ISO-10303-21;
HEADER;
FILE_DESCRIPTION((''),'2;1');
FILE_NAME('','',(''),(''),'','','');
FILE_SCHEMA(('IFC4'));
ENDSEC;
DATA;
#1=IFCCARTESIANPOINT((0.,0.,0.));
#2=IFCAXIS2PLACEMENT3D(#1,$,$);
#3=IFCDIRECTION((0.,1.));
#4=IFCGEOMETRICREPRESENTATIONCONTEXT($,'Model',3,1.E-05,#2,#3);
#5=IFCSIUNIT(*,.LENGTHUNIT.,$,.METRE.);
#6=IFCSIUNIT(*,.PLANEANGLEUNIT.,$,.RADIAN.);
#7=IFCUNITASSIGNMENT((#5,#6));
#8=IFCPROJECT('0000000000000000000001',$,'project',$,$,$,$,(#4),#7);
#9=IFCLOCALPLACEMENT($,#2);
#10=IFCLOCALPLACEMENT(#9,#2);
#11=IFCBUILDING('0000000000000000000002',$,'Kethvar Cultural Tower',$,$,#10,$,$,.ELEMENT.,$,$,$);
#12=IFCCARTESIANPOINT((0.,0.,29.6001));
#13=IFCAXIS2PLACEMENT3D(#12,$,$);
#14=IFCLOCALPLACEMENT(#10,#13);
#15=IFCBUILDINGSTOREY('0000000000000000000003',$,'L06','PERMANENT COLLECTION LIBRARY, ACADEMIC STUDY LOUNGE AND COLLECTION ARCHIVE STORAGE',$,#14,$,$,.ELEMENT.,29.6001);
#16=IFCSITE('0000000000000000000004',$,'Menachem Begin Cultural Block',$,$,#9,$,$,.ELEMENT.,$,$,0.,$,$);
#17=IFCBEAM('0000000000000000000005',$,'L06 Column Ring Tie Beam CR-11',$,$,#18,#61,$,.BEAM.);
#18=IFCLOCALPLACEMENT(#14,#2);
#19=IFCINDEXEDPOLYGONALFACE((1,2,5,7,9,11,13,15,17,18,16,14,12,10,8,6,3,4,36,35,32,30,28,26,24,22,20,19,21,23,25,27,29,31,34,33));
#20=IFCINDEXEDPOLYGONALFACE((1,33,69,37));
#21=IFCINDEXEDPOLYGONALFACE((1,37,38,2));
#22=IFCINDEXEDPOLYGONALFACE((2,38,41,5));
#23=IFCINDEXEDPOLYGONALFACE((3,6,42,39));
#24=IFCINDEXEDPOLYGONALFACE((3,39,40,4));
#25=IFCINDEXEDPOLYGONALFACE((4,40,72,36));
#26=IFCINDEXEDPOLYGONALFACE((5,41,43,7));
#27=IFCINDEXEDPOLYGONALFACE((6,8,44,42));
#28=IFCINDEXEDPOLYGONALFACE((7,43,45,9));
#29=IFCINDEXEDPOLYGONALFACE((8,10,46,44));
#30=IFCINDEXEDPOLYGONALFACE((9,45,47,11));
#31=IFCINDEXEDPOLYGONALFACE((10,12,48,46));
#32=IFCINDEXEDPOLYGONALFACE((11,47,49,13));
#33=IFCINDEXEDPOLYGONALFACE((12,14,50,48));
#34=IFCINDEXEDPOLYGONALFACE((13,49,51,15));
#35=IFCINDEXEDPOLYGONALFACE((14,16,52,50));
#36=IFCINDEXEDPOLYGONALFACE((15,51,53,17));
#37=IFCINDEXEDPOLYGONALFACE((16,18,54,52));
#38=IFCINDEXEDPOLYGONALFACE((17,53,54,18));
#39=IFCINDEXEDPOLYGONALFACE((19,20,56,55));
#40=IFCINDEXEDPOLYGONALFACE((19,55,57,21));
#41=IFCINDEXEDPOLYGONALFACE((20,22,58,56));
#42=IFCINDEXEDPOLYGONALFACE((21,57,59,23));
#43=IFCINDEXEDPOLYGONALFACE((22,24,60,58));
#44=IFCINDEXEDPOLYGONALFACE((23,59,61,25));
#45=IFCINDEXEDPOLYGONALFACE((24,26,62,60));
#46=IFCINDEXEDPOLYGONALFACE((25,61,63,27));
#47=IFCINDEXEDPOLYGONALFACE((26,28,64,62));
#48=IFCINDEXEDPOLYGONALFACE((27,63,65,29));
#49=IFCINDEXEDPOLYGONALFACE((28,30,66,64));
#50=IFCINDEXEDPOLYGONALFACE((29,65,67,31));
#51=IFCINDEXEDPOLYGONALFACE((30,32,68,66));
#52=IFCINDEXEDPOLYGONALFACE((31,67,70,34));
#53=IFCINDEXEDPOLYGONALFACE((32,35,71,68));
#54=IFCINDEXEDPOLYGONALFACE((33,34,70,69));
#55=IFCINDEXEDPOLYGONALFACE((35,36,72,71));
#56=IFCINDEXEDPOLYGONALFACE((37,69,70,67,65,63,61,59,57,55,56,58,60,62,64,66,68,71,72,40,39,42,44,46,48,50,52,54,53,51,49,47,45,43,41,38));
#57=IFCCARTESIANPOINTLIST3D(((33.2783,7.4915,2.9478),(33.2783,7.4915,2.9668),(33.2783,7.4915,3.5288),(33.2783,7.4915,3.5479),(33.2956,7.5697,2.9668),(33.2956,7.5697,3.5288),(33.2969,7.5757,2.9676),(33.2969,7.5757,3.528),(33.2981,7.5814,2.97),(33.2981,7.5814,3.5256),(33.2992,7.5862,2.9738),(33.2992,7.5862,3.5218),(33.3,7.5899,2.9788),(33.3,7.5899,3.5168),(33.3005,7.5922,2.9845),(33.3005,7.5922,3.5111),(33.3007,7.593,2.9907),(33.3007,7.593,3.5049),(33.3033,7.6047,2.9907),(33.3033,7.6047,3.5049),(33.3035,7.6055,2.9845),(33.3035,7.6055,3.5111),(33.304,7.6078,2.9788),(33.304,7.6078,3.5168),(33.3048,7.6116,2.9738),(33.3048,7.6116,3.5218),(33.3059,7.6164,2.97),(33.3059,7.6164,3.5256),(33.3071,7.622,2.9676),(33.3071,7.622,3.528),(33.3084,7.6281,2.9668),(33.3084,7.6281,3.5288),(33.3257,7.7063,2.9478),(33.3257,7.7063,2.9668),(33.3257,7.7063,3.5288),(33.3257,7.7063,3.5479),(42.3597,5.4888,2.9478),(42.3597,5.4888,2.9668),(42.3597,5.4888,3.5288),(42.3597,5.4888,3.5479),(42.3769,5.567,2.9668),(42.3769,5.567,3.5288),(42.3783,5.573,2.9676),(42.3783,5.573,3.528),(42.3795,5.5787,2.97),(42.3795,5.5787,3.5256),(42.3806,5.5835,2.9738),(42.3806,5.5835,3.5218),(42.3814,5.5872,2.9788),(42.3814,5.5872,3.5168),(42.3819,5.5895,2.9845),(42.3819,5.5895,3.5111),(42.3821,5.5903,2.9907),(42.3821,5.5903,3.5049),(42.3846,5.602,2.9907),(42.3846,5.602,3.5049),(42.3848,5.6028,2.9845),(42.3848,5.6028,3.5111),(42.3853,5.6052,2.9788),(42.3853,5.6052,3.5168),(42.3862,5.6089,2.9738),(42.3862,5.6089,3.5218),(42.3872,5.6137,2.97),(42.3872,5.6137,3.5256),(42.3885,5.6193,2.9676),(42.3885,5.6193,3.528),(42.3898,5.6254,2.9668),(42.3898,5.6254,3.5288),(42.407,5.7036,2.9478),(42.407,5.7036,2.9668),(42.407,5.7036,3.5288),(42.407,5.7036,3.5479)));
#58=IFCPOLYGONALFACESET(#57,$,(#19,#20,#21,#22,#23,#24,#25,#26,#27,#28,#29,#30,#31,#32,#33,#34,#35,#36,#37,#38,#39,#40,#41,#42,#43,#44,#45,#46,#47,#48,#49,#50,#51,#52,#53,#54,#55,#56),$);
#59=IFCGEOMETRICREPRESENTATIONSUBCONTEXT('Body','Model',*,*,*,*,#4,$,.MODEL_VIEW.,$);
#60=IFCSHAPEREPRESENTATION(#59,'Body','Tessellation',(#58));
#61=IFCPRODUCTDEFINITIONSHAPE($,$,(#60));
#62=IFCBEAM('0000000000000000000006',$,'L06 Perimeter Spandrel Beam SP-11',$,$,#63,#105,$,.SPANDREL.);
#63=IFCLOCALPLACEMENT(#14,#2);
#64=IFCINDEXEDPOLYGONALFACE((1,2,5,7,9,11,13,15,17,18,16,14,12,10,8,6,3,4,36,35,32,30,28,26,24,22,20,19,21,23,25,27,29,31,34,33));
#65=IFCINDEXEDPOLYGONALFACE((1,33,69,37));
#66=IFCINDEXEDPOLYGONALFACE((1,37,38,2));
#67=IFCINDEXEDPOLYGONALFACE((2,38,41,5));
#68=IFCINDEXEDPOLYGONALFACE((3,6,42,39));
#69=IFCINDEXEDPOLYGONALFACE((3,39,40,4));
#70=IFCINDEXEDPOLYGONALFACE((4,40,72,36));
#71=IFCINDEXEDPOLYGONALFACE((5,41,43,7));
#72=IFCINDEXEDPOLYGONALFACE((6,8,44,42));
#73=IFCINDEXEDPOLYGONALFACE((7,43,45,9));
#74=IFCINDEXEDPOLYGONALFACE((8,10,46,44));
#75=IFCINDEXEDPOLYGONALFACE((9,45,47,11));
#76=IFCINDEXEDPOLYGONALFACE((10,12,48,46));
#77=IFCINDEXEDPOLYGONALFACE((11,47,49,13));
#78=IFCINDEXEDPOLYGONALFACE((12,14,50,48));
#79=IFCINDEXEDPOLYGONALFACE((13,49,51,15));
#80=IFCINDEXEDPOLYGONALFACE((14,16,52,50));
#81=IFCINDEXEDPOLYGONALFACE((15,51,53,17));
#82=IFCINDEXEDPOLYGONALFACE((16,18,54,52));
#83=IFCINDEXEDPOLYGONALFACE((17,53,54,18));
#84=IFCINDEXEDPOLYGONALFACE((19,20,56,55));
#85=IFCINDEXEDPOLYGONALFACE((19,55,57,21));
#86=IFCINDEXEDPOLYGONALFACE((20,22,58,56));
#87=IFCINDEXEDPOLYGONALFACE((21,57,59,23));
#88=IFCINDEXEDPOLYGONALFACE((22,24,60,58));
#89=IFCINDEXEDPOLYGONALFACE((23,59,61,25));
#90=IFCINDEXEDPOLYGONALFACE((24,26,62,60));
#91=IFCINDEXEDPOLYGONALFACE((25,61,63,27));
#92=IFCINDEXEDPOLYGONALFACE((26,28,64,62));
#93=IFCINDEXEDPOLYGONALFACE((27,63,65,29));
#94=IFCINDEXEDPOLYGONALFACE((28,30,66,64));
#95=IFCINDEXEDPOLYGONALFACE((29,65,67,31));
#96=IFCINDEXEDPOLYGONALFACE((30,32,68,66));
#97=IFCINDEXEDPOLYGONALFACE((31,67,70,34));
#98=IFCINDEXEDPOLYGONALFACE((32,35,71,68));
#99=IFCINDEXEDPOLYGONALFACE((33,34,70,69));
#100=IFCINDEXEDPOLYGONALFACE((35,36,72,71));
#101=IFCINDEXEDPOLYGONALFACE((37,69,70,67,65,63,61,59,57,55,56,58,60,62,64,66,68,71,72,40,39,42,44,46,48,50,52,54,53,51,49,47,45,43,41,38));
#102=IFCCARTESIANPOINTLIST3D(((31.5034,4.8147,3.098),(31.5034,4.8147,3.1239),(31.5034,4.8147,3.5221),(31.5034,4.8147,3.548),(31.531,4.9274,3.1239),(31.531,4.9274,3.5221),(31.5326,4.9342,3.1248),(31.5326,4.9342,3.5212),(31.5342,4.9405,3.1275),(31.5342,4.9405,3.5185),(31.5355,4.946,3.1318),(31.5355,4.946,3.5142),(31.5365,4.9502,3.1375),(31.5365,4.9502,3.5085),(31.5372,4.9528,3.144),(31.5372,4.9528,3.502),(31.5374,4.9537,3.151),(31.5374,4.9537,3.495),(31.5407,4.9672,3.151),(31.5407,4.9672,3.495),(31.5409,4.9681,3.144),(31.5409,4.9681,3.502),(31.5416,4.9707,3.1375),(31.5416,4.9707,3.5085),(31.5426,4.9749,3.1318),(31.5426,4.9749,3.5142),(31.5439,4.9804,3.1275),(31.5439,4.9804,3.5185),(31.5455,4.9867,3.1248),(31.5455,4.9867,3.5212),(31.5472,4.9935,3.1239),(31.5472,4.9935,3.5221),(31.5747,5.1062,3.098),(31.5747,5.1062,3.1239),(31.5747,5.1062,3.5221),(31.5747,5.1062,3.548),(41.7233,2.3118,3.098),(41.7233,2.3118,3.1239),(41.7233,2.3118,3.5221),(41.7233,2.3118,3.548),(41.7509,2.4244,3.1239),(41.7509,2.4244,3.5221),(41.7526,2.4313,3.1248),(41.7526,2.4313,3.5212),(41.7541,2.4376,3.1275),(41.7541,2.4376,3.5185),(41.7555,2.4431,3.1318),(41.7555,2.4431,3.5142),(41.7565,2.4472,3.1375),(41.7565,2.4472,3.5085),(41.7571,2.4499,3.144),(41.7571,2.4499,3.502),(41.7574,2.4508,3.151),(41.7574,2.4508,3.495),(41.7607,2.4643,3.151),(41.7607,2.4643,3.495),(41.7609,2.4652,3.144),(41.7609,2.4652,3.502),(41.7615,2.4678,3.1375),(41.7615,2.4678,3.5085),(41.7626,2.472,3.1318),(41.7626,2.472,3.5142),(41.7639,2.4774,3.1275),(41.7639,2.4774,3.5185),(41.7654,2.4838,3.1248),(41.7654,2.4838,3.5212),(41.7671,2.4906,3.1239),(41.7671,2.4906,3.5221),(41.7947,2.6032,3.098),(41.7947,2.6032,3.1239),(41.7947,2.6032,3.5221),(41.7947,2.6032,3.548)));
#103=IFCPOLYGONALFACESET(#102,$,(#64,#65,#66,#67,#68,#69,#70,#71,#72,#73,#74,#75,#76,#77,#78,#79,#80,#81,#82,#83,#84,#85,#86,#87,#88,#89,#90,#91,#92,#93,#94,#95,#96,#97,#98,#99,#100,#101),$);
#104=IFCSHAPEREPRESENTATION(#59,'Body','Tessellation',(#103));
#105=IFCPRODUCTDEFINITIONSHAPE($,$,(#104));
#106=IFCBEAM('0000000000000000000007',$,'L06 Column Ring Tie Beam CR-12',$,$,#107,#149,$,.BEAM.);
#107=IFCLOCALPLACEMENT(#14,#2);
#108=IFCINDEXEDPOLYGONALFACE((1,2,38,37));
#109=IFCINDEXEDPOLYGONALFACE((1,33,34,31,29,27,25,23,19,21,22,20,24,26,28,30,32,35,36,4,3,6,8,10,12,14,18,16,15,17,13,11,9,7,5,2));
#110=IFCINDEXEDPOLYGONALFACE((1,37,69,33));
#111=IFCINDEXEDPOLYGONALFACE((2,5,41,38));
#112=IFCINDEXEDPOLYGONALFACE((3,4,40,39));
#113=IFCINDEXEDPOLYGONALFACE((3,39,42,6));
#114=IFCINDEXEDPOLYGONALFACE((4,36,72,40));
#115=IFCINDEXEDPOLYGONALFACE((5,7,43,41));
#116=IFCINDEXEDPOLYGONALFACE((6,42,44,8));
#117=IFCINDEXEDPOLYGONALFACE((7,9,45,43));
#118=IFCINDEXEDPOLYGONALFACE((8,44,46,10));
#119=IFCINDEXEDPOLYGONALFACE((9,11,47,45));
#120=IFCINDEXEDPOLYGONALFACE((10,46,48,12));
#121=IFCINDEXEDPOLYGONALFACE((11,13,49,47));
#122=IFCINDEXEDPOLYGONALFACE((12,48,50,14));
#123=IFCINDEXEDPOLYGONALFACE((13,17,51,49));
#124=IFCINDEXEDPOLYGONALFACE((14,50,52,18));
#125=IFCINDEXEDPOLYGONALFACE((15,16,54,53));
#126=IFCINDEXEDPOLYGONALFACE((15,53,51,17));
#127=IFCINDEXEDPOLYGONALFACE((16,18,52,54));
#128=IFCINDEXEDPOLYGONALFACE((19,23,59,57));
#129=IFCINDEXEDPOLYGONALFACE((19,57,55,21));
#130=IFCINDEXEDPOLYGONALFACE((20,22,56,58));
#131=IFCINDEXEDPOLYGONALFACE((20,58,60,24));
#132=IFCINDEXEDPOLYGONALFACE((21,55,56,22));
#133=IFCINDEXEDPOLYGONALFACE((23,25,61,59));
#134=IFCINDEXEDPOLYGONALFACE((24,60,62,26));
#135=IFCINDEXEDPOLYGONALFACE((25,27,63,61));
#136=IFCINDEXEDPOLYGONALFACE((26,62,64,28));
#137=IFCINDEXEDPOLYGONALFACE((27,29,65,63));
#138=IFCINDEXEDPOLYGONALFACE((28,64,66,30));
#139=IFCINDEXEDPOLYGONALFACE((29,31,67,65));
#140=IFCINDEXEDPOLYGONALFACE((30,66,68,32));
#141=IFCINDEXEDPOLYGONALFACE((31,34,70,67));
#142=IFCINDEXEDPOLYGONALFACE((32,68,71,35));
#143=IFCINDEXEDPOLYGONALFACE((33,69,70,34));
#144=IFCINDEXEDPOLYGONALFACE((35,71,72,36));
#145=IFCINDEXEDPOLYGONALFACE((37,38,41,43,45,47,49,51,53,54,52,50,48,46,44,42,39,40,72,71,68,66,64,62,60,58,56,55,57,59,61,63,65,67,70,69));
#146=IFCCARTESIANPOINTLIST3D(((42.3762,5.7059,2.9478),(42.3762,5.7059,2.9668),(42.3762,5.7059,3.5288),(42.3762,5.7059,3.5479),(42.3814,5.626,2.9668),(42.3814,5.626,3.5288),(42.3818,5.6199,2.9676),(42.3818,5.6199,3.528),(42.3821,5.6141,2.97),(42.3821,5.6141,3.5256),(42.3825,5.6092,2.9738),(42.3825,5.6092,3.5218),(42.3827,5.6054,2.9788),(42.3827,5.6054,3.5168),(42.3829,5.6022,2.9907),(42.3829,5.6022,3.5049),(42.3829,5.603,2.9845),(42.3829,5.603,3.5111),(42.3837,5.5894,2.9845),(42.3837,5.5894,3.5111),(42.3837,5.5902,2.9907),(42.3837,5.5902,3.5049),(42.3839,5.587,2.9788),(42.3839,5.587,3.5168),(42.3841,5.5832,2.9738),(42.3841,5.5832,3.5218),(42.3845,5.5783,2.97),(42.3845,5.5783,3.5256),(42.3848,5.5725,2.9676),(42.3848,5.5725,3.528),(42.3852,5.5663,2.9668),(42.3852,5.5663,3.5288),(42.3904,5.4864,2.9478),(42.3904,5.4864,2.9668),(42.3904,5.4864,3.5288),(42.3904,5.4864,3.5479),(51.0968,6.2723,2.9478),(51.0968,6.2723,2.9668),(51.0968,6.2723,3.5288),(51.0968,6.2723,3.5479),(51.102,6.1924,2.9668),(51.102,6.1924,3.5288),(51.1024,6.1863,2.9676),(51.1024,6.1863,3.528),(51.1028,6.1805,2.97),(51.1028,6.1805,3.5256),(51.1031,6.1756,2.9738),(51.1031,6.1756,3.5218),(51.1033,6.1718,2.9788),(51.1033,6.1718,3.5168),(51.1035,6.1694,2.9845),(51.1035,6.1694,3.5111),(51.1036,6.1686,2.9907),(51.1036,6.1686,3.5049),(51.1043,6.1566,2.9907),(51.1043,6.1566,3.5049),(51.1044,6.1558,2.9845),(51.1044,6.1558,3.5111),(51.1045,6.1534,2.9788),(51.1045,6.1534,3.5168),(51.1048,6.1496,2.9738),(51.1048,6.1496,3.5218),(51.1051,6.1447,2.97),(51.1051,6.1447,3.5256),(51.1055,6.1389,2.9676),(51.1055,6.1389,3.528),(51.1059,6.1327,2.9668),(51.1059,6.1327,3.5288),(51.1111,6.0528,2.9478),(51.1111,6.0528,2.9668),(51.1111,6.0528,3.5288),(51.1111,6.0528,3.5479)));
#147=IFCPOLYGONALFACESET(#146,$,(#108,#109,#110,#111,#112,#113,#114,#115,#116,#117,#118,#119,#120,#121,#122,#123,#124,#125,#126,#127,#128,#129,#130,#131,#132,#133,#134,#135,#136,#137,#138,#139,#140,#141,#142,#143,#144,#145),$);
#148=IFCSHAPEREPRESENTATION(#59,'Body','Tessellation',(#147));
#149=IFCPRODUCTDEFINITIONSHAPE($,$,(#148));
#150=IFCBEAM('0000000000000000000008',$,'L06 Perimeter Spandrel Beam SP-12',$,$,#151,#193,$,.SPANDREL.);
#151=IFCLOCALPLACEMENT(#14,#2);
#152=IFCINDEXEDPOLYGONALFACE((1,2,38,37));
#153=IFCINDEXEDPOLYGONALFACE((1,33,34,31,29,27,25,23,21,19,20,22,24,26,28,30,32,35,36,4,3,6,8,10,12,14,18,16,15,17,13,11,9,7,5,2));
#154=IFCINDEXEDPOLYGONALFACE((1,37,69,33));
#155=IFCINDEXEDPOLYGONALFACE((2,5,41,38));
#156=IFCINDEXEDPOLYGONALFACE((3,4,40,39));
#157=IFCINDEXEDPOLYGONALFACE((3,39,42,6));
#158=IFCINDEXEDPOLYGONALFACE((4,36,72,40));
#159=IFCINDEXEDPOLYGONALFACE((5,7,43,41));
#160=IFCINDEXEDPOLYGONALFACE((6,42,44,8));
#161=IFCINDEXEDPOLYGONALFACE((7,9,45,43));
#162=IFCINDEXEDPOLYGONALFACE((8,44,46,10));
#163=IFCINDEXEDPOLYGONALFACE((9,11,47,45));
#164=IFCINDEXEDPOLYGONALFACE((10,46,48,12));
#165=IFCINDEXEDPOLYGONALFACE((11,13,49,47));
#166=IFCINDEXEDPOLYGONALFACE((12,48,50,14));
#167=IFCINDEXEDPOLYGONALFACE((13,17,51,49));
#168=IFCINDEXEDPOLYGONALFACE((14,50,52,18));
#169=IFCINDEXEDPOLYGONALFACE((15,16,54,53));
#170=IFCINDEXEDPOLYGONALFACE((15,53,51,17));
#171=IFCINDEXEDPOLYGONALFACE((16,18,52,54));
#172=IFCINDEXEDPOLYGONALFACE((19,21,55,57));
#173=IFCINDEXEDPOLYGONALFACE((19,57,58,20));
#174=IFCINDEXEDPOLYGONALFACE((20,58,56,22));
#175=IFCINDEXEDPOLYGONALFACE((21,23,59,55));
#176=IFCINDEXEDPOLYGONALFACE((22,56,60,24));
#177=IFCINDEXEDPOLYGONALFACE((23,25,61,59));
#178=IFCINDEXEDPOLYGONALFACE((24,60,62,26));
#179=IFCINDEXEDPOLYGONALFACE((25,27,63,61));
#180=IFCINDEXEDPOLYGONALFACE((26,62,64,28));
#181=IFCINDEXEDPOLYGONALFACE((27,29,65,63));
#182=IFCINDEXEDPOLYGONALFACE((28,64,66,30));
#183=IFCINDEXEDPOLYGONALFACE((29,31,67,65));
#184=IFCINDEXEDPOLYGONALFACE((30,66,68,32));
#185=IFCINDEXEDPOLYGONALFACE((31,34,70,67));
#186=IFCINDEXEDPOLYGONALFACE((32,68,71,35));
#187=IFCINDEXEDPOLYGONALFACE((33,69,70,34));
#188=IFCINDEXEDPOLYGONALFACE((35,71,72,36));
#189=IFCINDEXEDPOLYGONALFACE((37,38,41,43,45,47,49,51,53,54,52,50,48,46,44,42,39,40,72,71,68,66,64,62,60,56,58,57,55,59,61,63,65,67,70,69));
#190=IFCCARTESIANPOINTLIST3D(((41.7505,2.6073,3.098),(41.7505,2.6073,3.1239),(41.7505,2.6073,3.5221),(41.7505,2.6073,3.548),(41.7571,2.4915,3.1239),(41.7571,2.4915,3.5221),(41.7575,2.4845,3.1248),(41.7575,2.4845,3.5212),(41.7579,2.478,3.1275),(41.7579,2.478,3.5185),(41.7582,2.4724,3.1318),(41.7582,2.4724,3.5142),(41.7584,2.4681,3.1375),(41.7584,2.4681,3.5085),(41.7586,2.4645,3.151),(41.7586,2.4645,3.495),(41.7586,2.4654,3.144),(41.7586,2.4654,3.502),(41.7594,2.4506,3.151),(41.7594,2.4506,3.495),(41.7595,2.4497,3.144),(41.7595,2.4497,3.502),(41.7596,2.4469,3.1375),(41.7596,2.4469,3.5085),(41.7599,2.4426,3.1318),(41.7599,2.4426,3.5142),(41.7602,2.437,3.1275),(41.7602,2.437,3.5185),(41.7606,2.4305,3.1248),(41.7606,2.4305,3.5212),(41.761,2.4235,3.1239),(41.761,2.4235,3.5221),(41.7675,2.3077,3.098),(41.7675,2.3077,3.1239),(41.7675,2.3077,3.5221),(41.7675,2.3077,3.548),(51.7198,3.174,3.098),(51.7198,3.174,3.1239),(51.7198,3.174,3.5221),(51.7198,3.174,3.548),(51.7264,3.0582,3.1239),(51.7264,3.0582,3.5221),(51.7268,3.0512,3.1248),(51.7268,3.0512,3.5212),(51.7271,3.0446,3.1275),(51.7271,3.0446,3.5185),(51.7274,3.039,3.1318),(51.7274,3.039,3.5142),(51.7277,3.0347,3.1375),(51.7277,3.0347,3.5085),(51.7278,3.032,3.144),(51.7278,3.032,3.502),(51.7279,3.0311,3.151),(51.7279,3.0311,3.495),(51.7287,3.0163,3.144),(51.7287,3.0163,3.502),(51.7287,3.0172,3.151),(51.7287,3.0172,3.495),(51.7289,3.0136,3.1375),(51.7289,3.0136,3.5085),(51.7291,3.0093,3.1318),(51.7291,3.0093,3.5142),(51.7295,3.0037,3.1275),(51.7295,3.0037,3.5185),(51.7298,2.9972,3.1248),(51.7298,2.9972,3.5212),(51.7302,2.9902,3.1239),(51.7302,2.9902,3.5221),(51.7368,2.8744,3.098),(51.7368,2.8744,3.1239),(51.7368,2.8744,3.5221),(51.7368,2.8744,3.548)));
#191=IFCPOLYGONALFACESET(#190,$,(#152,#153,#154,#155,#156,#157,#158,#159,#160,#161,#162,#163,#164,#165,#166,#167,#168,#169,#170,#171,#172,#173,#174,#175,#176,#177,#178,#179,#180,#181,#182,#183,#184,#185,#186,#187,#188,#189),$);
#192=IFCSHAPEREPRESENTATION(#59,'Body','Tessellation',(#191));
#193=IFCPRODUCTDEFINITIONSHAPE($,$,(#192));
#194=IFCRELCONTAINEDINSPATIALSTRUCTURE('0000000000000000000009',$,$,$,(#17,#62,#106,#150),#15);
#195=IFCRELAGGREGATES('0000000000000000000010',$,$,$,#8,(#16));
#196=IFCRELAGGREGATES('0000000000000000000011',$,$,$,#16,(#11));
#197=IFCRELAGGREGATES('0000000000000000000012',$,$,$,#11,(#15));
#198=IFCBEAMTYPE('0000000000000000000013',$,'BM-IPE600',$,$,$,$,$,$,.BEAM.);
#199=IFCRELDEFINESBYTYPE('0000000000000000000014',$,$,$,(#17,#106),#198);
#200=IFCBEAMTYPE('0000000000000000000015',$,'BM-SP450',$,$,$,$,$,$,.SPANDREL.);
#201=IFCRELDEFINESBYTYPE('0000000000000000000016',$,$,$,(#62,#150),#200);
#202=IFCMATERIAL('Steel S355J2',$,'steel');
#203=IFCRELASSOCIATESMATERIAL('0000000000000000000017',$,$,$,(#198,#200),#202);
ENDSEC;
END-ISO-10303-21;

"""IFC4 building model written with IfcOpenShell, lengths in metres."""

from ifc_helpers import new_model, si_unit, direction, frame, origin, origin_2d, place, context, subcontext, project, spatial, i_section, extrude, source, transform, mapped, material, material_profile, profile_set, type_object, element, save


model = new_model("IFC4")

# Units and contexts
model_context = context("Model", 3, precision=1e-05, world=origin(), true_north=direction((0.0, 1.0)))
body_context = subcontext(model_context, "Body", "Model", "MODEL_VIEW")
ifc_project = project(units=[si_unit("LENGTHUNIT", "METRE"), si_unit("PLANEANGLEUNIT", "RADIAN")], contexts=[model_context])

# Site, building, storey
site_placement = place(None, origin())
site = spatial("IfcSite", under=ifc_project, at=site_placement, Name="Menachem Begin Cultural Block", CompositionType="ELEMENT", RefElevation=0.0)
building_placement = place(site_placement, origin())
building = spatial("IfcBuilding", under=site, at=building_placement, Name="Kethvar Cultural Tower", CompositionType="ELEMENT")
storey_placement = place(building_placement, frame((0.0, 0.0, 29.6001)))
storey = spatial("IfcBuildingStorey", under=building, at=storey_placement, Name="L06", Description="PERMANENT COLLECTION LIBRARY, ACADEMIC STUDY LOUNGE AND COLLECTION ARCHIVE STORAGE", CompositionType="ELEMENT", Elevation=29.6001)

# Beams
ifc_material_1 = material(Name="Steel S355J2", Category="steel")
ifc_material_profile_1 = material_profile(ifc_material_1, i_section(OverallWidth=0.22, OverallDepth=0.6001, WebThickness=0.012, FlangeThickness=0.019, FilletRadius=0.0239, at=origin_2d()), Name="Steel S355J2 — IPE600")
ifc_profile_set_1 = profile_set([ifc_material_profile_1], Name="Steel S355J2 — IPE600")
beam_type_1 = type_object("IfcBeamType", Name="BM-IPE600", PredefinedType="BEAM", material=ifc_profile_set_1)
shared_shape_1 = source(origin(), body_context, "Body", "SweptSolid", [
    extrude(i_section(OverallWidth=0.22, OverallDepth=0.6001, WebThickness=0.012, FlangeThickness=0.019, FilletRadius=0.0239, at=origin_2d()), origin(), (0.0, 0.0, 1.0), 9.2996),
])
beam_1_placement = place(storey_placement, frame((33.302, 7.5989, 3.2478), z_axis=(0.976536, -0.215354, 0.0), x_axis=(0.215354, 0.976536, 0.0)))
element("IfcBeam", 1, at=beam_1_placement, inside=storey, type_object=beam_type_1, Name="L06 Column Ring Tie Beam CR-11", PredefinedType="BEAM", context=body_context, shape_type="MappedRepresentation", body=[
    mapped(shared_shape_1, transform((0.0, 0.0, 0.0), scale=1.0)),
])
ifc_material_profile_2 = material_profile(ifc_material_1, i_section(OverallWidth=0.3, OverallDepth=0.45, WebThickness=0.0139, FlangeThickness=0.0259, FilletRadius=0.0271, at=origin_2d()), Name="Steel S355J2 — HEB450")
ifc_profile_set_2 = profile_set([ifc_material_profile_2], Name="Steel S355J2 — HEB450")
beam_type_2 = type_object("IfcBeamType", Name="BM-SP450", PredefinedType="SPANDREL", material=ifc_profile_set_2)
shared_shape_2 = source(origin(), body_context, "Body", "SweptSolid", [
    extrude(i_section(OverallWidth=0.3, OverallDepth=0.45, WebThickness=0.0139, FlangeThickness=0.0259, FilletRadius=0.0271, at=origin_2d()), origin(), (0.0, 0.0, 1.0), 10.522),
])
beam_2_placement = place(storey_placement, frame((31.5391, 4.9604, 3.323), z_axis=(0.971296, -0.237876, 0.0), x_axis=(0.237876, 0.971296, 0.0)))
element("IfcBeam", 2, at=beam_2_placement, inside=storey, type_object=beam_type_2, Name="L06 Perimeter Spandrel Beam SP-11", PredefinedType="SPANDREL", context=body_context, shape_type="MappedRepresentation", body=[
    mapped(shared_shape_2, transform((0.0, 0.0, 0.0), scale=1.0)),
])
shared_shape_3 = source(origin(), body_context, "Body", "SweptSolid", [
    extrude(i_section(OverallWidth=0.22, OverallDepth=0.6001, WebThickness=0.012, FlangeThickness=0.019, FilletRadius=0.0239, at=origin_2d()), origin(), (0.0, 0.0, 1.0), 8.739),
])
beam_3_placement = place(storey_placement, frame((42.3833, 5.5962, 3.2478), z_axis=(0.997897, 0.064813, 0.0), x_axis=(-0.064813, 0.997897, 0.0)))
element("IfcBeam", 3, at=beam_3_placement, inside=storey, type_object=beam_type_1, Name="L06 Column Ring Tie Beam CR-12", PredefinedType="BEAM", context=body_context, shape_type="MappedRepresentation", body=[
    mapped(shared_shape_3, transform((0.0, 0.0, 0.0), scale=1.0)),
])
shared_shape_4 = source(origin(), body_context, "Body", "SweptSolid", [
    extrude(i_section(OverallWidth=0.3, OverallDepth=0.45, WebThickness=0.0139, FlangeThickness=0.0259, FilletRadius=0.0271, at=origin_2d()), origin(), (0.0, 0.0, 1.0), 9.9854),
])
beam_4_placement = place(storey_placement, frame((41.759, 2.4575, 3.323), z_axis=(0.998389, 0.056748, 0.0), x_axis=(-0.056748, 0.998389, 0.0)))
element("IfcBeam", 4, at=beam_4_placement, inside=storey, type_object=beam_type_2, Name="L06 Perimeter Spandrel Beam SP-12", PredefinedType="SPANDREL", context=body_context, shape_type="MappedRepresentation", body=[
    mapped(shared_shape_4, transform((0.0, 0.0, 0.0), scale=1.0)),
])

save(model, "model.ifc")
